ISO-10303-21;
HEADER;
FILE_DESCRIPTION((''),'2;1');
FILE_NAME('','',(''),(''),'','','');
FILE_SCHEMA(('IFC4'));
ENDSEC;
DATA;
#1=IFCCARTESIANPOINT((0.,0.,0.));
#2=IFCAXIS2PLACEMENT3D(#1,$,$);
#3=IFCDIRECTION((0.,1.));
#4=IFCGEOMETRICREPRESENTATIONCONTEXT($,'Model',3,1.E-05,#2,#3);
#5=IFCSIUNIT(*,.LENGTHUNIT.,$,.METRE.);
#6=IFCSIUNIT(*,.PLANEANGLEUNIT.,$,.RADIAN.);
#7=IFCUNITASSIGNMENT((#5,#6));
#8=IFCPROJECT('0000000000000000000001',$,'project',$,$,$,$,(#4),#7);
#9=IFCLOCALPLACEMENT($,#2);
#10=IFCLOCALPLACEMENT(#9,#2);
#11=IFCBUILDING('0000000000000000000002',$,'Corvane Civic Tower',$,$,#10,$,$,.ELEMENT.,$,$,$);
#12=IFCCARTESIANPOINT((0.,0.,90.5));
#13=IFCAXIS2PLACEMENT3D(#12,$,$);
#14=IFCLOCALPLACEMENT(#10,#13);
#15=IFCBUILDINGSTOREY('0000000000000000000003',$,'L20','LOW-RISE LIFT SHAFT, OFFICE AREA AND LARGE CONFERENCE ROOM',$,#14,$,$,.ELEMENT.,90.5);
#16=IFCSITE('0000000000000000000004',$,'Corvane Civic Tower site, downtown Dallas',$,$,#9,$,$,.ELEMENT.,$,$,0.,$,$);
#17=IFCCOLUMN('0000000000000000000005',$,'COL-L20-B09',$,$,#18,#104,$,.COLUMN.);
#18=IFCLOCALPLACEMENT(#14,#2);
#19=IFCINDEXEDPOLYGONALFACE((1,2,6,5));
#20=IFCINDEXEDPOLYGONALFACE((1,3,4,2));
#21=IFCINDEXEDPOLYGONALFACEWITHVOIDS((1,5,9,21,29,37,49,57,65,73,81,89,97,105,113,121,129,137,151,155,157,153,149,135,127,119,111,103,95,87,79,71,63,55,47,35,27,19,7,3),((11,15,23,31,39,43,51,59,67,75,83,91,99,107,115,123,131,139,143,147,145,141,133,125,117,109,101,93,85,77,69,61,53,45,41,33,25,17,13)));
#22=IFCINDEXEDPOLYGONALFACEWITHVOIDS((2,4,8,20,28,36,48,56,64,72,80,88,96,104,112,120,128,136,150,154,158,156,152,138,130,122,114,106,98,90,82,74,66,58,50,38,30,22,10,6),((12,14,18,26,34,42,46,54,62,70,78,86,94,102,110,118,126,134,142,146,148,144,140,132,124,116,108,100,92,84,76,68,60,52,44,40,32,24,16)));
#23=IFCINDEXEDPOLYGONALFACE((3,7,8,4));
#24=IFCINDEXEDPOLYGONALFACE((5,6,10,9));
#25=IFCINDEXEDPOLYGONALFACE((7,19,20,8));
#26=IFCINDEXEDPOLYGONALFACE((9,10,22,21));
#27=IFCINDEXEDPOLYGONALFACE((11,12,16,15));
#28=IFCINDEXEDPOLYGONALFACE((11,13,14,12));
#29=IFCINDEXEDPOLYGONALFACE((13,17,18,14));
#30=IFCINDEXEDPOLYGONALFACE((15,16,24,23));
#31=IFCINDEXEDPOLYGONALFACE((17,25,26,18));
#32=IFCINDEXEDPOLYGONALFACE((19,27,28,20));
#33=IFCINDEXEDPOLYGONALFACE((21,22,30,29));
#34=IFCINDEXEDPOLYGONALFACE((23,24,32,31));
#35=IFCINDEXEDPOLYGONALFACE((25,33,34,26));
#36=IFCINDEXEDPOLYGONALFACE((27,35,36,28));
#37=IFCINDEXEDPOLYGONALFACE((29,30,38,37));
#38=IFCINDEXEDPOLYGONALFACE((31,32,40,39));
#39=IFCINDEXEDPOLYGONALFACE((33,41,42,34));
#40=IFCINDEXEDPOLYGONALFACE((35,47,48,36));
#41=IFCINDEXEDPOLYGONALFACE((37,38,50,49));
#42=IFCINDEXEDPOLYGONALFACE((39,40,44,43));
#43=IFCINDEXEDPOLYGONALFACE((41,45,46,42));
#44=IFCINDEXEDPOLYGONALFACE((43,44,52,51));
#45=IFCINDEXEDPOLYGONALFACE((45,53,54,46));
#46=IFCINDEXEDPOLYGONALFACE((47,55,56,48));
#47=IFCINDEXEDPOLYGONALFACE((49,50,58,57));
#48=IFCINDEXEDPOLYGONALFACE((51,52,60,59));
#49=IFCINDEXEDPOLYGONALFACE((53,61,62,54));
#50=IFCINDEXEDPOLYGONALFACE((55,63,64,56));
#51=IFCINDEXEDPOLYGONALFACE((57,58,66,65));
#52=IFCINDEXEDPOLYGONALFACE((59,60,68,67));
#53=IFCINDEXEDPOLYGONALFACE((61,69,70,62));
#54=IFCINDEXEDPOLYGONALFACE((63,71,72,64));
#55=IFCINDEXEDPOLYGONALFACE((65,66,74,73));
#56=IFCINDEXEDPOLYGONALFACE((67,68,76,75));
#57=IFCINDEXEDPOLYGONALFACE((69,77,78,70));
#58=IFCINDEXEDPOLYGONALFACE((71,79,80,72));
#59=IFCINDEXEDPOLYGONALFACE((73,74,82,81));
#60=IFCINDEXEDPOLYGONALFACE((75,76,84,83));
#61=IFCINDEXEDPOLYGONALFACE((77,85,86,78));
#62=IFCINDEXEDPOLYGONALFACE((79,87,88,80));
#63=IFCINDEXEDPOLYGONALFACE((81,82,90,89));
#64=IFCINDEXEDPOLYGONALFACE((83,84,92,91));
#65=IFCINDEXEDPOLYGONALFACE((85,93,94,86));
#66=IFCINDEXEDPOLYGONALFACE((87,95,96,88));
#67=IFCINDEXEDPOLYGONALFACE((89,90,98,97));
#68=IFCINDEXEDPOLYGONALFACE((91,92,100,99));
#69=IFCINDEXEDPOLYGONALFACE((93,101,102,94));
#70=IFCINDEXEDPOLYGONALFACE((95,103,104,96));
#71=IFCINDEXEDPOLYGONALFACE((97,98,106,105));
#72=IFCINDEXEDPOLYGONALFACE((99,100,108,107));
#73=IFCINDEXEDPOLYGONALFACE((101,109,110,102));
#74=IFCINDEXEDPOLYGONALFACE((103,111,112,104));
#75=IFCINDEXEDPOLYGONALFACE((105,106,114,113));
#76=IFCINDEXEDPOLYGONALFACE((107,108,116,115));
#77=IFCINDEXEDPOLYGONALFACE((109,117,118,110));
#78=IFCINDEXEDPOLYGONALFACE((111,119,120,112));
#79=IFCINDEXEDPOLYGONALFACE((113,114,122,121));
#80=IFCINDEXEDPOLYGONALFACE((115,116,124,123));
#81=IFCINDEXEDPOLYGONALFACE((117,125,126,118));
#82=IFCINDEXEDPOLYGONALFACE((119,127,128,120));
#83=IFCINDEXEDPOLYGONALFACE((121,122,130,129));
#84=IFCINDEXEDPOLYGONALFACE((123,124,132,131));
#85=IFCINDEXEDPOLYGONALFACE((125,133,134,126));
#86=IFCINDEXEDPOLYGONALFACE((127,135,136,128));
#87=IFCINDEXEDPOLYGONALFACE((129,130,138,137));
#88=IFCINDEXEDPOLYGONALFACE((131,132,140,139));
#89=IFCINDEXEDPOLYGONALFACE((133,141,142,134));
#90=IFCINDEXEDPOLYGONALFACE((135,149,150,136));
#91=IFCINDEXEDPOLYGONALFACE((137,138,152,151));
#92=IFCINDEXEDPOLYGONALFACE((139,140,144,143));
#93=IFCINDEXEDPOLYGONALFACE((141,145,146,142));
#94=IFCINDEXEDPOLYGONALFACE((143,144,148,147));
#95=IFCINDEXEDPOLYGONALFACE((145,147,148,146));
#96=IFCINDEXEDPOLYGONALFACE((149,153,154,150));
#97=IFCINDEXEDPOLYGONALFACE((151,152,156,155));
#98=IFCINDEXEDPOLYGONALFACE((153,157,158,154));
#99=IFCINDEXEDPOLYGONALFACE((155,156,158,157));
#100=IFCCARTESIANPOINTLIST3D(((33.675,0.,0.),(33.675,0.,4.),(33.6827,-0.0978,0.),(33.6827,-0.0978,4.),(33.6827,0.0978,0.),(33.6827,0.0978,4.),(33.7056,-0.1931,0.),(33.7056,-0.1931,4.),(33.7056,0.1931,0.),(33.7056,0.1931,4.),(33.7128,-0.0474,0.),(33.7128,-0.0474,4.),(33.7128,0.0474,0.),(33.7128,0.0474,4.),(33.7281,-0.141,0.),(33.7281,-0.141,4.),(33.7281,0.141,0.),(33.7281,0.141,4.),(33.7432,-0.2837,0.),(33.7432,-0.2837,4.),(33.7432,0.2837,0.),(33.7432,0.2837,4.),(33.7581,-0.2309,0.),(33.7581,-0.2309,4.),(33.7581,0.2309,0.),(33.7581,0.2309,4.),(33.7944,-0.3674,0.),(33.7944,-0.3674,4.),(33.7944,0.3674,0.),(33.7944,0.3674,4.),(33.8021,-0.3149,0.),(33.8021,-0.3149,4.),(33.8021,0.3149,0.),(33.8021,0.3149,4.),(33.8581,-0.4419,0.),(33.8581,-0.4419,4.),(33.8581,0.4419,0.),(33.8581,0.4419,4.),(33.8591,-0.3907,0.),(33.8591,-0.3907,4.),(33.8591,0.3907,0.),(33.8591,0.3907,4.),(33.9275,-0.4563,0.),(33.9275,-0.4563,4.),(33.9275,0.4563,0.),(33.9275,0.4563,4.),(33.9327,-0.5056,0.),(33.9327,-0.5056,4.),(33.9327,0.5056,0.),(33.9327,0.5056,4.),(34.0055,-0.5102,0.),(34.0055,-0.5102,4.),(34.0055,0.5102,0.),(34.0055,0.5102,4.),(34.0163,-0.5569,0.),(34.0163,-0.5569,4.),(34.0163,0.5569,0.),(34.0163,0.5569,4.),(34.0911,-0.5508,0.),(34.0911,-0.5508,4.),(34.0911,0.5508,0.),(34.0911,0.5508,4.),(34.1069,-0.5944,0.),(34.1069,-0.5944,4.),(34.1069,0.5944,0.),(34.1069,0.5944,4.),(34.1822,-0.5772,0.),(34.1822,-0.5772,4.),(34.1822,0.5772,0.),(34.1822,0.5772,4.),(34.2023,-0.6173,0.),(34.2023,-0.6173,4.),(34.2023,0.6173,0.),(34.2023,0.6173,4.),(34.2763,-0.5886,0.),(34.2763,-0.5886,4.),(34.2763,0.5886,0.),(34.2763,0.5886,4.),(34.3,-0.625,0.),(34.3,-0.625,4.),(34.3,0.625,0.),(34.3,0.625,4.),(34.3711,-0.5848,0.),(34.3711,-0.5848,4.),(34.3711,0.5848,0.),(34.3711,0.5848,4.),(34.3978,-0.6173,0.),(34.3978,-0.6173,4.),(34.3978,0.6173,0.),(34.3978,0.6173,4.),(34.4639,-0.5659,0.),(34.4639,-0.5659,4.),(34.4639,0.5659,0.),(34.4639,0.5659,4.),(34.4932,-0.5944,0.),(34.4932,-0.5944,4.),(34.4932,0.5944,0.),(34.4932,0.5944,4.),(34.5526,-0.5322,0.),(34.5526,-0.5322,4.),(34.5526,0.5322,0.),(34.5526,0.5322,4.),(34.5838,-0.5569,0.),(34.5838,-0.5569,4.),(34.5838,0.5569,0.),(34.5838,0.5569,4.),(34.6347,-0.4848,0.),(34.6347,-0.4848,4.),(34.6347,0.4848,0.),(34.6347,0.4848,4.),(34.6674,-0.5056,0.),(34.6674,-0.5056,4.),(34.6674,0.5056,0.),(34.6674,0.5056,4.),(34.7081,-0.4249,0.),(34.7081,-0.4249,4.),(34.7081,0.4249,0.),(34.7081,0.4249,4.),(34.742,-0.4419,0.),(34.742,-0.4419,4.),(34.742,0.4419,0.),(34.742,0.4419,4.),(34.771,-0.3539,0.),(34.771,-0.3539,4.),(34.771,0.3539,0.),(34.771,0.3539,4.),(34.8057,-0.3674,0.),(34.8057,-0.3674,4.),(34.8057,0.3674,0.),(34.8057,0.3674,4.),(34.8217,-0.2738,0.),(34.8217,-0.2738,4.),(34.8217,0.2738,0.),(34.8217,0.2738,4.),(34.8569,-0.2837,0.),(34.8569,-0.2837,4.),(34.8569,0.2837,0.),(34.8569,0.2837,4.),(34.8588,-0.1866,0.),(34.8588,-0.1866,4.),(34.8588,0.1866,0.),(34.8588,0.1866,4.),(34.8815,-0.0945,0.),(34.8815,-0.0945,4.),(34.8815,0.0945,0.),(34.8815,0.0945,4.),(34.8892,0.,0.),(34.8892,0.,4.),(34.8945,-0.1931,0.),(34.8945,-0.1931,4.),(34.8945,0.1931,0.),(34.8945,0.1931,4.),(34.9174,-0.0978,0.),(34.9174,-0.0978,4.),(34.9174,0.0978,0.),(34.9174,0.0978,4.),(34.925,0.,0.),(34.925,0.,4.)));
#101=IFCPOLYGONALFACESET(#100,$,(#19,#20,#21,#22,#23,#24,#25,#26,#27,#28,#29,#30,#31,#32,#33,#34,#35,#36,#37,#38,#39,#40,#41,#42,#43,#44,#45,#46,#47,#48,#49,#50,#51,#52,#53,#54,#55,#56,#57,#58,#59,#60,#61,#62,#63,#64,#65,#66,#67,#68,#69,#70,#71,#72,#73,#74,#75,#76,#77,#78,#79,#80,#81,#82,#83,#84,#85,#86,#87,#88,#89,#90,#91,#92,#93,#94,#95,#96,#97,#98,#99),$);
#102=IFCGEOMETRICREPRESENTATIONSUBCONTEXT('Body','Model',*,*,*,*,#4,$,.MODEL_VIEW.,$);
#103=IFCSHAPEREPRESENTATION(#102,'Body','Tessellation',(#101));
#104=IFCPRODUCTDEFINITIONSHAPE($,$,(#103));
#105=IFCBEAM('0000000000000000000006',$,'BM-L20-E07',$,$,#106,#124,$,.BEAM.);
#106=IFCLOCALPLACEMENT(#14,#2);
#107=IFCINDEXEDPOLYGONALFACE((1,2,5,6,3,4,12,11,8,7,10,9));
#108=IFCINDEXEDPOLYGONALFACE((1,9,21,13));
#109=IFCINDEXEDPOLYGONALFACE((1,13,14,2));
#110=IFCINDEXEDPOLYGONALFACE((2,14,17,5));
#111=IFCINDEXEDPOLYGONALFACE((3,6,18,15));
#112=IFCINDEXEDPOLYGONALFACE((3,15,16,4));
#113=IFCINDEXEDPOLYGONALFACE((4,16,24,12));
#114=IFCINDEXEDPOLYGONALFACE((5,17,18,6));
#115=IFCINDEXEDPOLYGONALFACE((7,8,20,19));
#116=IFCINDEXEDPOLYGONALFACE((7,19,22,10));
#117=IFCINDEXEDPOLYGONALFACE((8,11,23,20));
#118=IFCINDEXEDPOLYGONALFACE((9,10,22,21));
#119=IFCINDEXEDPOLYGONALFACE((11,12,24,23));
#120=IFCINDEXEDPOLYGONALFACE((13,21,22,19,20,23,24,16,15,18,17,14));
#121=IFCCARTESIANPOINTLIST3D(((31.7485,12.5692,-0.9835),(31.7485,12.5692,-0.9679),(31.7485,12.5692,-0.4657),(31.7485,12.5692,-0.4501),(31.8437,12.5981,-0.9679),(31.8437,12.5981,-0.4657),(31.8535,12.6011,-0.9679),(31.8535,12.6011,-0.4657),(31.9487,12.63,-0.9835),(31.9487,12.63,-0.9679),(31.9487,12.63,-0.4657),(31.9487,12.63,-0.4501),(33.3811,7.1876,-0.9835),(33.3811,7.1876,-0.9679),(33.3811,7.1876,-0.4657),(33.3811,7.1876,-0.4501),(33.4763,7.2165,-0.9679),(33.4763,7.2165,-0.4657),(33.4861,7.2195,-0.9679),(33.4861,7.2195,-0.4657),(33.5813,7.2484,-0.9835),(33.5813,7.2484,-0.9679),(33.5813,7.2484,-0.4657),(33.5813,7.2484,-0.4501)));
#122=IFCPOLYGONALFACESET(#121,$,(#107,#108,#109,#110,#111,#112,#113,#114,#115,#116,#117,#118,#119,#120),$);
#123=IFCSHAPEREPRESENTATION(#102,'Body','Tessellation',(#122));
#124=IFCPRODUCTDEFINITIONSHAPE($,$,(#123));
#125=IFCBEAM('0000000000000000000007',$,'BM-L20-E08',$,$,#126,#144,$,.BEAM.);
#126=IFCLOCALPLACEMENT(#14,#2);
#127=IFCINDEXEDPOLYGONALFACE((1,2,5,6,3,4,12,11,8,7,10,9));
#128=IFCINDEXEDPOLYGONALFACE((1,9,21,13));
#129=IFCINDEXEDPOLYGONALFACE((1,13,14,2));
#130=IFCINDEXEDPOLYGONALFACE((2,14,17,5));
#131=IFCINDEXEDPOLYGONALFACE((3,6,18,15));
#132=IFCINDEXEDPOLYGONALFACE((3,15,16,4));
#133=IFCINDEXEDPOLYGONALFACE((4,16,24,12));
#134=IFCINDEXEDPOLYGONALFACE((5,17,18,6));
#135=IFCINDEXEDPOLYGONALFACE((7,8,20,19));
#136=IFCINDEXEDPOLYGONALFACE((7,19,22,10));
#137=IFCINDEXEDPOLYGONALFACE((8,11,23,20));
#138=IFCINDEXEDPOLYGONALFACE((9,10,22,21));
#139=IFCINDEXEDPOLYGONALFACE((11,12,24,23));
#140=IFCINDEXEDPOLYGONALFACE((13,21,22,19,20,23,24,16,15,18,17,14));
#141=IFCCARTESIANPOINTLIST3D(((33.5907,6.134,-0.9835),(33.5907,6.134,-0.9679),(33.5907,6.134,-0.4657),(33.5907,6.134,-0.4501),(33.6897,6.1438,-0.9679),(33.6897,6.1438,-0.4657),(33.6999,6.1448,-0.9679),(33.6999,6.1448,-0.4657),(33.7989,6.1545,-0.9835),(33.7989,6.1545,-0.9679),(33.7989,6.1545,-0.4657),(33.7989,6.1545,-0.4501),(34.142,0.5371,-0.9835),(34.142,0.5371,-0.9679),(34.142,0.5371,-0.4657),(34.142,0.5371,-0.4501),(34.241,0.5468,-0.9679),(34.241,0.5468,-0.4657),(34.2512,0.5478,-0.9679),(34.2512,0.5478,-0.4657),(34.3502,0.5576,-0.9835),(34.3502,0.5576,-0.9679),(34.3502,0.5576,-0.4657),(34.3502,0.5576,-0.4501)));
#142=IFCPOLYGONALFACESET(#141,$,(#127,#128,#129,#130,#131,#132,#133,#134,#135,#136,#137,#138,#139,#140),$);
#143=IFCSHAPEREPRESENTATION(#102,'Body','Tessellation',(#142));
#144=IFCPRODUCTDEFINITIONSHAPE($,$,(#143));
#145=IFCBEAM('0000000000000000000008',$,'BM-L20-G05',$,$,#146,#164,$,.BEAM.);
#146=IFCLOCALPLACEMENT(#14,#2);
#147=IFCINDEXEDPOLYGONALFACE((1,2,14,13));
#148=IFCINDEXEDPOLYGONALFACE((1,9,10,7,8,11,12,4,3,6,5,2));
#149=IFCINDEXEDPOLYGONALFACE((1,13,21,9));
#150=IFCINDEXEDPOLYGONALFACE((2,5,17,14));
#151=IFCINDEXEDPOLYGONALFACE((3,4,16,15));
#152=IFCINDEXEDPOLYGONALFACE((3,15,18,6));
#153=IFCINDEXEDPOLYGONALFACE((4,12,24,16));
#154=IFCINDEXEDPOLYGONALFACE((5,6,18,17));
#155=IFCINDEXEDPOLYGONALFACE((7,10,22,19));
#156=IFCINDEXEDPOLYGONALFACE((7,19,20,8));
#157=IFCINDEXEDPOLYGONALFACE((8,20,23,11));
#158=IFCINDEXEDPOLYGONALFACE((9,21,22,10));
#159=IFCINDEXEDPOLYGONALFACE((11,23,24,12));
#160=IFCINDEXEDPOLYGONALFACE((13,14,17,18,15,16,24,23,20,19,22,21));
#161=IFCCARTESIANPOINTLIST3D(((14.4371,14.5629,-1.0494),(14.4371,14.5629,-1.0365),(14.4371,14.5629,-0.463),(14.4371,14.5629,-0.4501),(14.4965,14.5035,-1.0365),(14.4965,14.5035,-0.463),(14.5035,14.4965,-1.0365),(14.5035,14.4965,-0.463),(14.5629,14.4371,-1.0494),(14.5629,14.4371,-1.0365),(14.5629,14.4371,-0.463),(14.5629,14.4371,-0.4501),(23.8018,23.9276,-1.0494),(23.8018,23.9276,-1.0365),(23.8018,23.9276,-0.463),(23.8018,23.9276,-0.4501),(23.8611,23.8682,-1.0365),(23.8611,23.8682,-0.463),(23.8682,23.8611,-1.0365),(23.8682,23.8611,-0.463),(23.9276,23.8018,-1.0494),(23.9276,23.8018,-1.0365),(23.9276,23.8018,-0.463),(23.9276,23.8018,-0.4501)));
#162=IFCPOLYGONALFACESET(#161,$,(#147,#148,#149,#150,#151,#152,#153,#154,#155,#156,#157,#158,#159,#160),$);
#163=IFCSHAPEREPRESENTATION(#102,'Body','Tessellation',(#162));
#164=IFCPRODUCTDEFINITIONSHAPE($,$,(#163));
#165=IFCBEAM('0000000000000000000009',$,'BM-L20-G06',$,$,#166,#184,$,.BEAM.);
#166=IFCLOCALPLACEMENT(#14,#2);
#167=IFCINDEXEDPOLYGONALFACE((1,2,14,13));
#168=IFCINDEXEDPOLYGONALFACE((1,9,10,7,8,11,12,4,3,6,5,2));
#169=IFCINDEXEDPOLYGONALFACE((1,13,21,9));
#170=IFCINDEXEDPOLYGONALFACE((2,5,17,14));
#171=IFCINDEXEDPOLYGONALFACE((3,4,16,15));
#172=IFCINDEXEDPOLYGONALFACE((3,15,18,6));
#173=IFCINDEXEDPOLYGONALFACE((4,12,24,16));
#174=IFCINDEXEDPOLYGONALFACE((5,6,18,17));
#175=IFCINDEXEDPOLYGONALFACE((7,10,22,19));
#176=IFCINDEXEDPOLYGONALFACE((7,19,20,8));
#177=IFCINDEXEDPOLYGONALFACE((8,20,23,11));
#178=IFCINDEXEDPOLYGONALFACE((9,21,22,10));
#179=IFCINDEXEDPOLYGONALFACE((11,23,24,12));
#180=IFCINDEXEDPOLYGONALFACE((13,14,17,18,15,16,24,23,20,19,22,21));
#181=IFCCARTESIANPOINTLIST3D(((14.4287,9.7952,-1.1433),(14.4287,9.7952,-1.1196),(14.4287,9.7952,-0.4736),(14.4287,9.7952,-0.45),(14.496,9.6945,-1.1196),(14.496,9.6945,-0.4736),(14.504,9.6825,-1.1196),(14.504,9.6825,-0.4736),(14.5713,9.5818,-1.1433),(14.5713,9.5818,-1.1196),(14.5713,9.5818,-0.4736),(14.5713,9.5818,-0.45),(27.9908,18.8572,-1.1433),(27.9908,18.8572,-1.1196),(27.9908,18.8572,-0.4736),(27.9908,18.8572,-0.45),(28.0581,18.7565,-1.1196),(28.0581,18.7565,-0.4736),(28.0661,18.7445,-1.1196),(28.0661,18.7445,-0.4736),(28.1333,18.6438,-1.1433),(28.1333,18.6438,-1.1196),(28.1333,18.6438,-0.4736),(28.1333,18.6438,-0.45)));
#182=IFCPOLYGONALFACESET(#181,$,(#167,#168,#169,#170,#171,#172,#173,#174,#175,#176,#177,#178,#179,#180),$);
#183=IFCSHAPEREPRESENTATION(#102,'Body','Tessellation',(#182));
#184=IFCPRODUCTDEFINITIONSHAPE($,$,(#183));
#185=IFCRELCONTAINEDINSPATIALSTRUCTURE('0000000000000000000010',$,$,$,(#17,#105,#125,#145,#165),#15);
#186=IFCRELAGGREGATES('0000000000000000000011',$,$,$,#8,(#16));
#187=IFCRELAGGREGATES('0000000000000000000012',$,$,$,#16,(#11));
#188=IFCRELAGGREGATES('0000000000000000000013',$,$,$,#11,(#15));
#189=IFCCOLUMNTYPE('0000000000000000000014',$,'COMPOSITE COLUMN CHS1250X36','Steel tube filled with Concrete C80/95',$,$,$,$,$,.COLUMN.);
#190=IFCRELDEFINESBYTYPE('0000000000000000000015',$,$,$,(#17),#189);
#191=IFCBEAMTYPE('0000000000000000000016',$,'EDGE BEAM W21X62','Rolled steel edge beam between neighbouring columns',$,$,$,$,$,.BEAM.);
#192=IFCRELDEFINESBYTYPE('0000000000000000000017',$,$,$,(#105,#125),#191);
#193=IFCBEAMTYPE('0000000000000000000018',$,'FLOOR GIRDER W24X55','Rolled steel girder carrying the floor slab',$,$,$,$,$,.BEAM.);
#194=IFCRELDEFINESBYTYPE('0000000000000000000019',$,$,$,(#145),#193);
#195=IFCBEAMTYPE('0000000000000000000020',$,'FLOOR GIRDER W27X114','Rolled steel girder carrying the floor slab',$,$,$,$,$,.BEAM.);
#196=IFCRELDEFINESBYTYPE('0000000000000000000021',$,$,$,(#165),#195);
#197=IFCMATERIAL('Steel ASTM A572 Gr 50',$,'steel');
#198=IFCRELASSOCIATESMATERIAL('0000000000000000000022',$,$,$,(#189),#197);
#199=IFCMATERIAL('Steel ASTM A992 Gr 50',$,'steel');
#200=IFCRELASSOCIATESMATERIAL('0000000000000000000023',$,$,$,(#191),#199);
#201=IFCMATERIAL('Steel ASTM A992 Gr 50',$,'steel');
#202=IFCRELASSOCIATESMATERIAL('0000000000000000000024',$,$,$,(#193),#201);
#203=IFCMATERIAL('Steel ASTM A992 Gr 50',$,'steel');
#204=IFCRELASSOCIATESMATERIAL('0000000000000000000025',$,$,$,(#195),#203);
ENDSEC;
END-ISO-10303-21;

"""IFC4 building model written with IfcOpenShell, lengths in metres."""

from ifc_helpers import new_model, si_unit, direction, frame, origin, origin_2d, place, context, subcontext, project, spatial, hollow_circle, i_section, extrude, material, material_profile, profile_set, type_object, element, save


model = new_model("IFC4")

# Units and contexts
model_context = context("Model", 3, precision=1e-05, world=origin(), true_north=direction((0.0, 1.0)))
body_context = subcontext(model_context, "Body", "Model", "MODEL_VIEW")
ifc_project = project(units=[si_unit("LENGTHUNIT", "METRE"), si_unit("PLANEANGLEUNIT", "RADIAN")], contexts=[model_context])

# Site, building, storey
site_placement = place(None, origin())
site = spatial("IfcSite", under=ifc_project, at=site_placement, Name="Corvane Civic Tower site, downtown Dallas", CompositionType="ELEMENT", RefElevation=0.0)
building_placement = place(site_placement, origin())
building = spatial("IfcBuilding", under=site, at=building_placement, Name="Corvane Civic Tower", CompositionType="ELEMENT")
storey_placement = place(building_placement, frame((0.0, 0.0, 90.5)))
storey = spatial("IfcBuildingStorey", under=building, at=storey_placement, Name="L20", Description="LOW-RISE LIFT SHAFT, OFFICE AREA AND LARGE CONFERENCE ROOM", CompositionType="ELEMENT", Elevation=90.5)

# Column
ifc_material_1 = material(Name="Steel ASTM A572 Gr 50", Category="steel")
ifc_material_profile_1 = material_profile(ifc_material_1, hollow_circle(Radius=0.625, WallThickness=0.0359, at=origin_2d()), Name="CHS1250X36")
ifc_profile_set_1 = profile_set([ifc_material_profile_1], Name="Steel ASTM A572 Gr 50")
column_type = type_object("IfcColumnType", Name="COMPOSITE COLUMN CHS1250X36", Description="Steel tube filled with Concrete C80/95", PredefinedType="COLUMN", material=ifc_profile_set_1)
for number, where, z_axis, x_axis, name in (
    (1, (34.3, 0.0, 0.0), (0.0, 0.0, 1.0), (1.0, 0.0, 0.0), "COL-L20-B09"),
):
    element("IfcColumn", number, at=place(storey_placement, frame(where, z_axis=z_axis, x_axis=x_axis)), inside=storey, type_object=column_type, Name=name, PredefinedType="COLUMN", context=body_context, shape_type="SweptSolid", body=[
        extrude(hollow_circle(Radius=0.625, WallThickness=0.0359, at=origin_2d()), origin(), (0.0, 0.0, 1.0), 4.0),
    ])

# Beams
ifc_material_2 = material(Name="Steel ASTM A992 Gr 50", Category="steel")
ifc_material_profile_2 = material_profile(ifc_material_2, i_section(OverallWidth=0.2092, OverallDepth=0.5334, WebThickness=0.0103, FlangeThickness=0.0156, at=origin_2d()), Name="W21X62")
ifc_profile_set_2 = profile_set([ifc_material_profile_2], Name="Steel ASTM A992 Gr 50")
beam_type_1 = type_object("IfcBeamType", Name="EDGE BEAM W21X62", Description="Rolled steel edge beam between neighbouring columns", PredefinedType="BEAM", material=ifc_profile_set_2)
beam_1_placement = place(storey_placement, frame((31.8486, 12.5996, -0.7168), z_axis=(0.290298, -0.956936, 0.0), x_axis=(0.956936, 0.290298, 0.0)))
element("IfcBeam", 2, at=beam_1_placement, inside=storey, type_object=beam_type_1, Name="BM-L20-E07", PredefinedType="BEAM", context=body_context, shape_type="SweptSolid", body=[
    extrude(i_section(OverallWidth=0.2092, OverallDepth=0.5334, WebThickness=0.0103, FlangeThickness=0.0156, at=origin_2d()), origin(), (0.0, 0.0, 1.0), 5.6238),
])
beam_2_placement = place(storey_placement, frame((33.6948, 6.1443, -0.7168), z_axis=(0.098021, -0.995184, 0.0), x_axis=(0.995184, 0.098021, 0.0)))
element("IfcBeam", 3, at=beam_2_placement, inside=storey, type_object=beam_type_1, Name="BM-L20-E08", PredefinedType="BEAM", context=body_context, shape_type="SweptSolid", body=[
    extrude(i_section(OverallWidth=0.2092, OverallDepth=0.5334, WebThickness=0.0103, FlangeThickness=0.0156, at=origin_2d()), origin(), (0.0, 0.0, 1.0), 5.624),
])
ifc_material_3 = material(Name="Steel ASTM A992 Gr 50", Category="steel")
ifc_material_profile_3 = material_profile(ifc_material_3, i_section(OverallWidth=0.178, OverallDepth=0.5994, WebThickness=0.01, FlangeThickness=0.0129, at=origin_2d()), Name="W24X55")
ifc_profile_set_3 = profile_set([ifc_material_profile_3], Name="Steel ASTM A992 Gr 50")
beam_type_2 = type_object("IfcBeamType", Name="FLOOR GIRDER W24X55", Description="Rolled steel girder carrying the floor slab", PredefinedType="BEAM", material=ifc_profile_set_3)
beam_3_placement = place(storey_placement, frame((14.5, 14.5, -0.7498), z_axis=(0.707107, 0.707107, 0.0), x_axis=(-0.707107, 0.707107, 0.0)))
element("IfcBeam", 4, at=beam_3_placement, inside=storey, type_object=beam_type_2, Name="BM-L20-G05", PredefinedType="BEAM", context=body_context, shape_type="SweptSolid", body=[
    extrude(i_section(OverallWidth=0.178, OverallDepth=0.5994, WebThickness=0.01, FlangeThickness=0.0129, at=origin_2d()), origin(), (0.0, 0.0, 1.0), 13.2437),
])
ifc_material_4 = material(Name="Steel ASTM A992 Gr 50", Category="steel")
ifc_material_profile_4 = material_profile(ifc_material_4, i_section(OverallWidth=0.2566, OverallDepth=0.6934, WebThickness=0.0144, FlangeThickness=0.0237, at=origin_2d()), Name="W27X114")
ifc_profile_set_4 = profile_set([ifc_material_profile_4], Name="Steel ASTM A992 Gr 50")
beam_type_3 = type_object("IfcBeamType", Name="FLOOR GIRDER W27X114", Description="Rolled steel girder carrying the floor slab", PredefinedType="BEAM", material=ifc_profile_set_4)
beam_4_placement = place(storey_placement, frame((14.5, 9.6885, -0.7966), z_axis=(0.831465, 0.555577, 0.0), x_axis=(-0.555577, 0.831465, 0.0)))
element("IfcBeam", 5, at=beam_4_placement, inside=storey, type_object=beam_type_3, Name="BM-L20-G06", PredefinedType="BEAM", context=body_context, shape_type="SweptSolid", body=[
    extrude(i_section(OverallWidth=0.2566, OverallDepth=0.6934, WebThickness=0.0144, FlangeThickness=0.0237, at=origin_2d()), origin(), (0.0, 0.0, 1.0), 16.311),
])

save(model, "model.ifc")
